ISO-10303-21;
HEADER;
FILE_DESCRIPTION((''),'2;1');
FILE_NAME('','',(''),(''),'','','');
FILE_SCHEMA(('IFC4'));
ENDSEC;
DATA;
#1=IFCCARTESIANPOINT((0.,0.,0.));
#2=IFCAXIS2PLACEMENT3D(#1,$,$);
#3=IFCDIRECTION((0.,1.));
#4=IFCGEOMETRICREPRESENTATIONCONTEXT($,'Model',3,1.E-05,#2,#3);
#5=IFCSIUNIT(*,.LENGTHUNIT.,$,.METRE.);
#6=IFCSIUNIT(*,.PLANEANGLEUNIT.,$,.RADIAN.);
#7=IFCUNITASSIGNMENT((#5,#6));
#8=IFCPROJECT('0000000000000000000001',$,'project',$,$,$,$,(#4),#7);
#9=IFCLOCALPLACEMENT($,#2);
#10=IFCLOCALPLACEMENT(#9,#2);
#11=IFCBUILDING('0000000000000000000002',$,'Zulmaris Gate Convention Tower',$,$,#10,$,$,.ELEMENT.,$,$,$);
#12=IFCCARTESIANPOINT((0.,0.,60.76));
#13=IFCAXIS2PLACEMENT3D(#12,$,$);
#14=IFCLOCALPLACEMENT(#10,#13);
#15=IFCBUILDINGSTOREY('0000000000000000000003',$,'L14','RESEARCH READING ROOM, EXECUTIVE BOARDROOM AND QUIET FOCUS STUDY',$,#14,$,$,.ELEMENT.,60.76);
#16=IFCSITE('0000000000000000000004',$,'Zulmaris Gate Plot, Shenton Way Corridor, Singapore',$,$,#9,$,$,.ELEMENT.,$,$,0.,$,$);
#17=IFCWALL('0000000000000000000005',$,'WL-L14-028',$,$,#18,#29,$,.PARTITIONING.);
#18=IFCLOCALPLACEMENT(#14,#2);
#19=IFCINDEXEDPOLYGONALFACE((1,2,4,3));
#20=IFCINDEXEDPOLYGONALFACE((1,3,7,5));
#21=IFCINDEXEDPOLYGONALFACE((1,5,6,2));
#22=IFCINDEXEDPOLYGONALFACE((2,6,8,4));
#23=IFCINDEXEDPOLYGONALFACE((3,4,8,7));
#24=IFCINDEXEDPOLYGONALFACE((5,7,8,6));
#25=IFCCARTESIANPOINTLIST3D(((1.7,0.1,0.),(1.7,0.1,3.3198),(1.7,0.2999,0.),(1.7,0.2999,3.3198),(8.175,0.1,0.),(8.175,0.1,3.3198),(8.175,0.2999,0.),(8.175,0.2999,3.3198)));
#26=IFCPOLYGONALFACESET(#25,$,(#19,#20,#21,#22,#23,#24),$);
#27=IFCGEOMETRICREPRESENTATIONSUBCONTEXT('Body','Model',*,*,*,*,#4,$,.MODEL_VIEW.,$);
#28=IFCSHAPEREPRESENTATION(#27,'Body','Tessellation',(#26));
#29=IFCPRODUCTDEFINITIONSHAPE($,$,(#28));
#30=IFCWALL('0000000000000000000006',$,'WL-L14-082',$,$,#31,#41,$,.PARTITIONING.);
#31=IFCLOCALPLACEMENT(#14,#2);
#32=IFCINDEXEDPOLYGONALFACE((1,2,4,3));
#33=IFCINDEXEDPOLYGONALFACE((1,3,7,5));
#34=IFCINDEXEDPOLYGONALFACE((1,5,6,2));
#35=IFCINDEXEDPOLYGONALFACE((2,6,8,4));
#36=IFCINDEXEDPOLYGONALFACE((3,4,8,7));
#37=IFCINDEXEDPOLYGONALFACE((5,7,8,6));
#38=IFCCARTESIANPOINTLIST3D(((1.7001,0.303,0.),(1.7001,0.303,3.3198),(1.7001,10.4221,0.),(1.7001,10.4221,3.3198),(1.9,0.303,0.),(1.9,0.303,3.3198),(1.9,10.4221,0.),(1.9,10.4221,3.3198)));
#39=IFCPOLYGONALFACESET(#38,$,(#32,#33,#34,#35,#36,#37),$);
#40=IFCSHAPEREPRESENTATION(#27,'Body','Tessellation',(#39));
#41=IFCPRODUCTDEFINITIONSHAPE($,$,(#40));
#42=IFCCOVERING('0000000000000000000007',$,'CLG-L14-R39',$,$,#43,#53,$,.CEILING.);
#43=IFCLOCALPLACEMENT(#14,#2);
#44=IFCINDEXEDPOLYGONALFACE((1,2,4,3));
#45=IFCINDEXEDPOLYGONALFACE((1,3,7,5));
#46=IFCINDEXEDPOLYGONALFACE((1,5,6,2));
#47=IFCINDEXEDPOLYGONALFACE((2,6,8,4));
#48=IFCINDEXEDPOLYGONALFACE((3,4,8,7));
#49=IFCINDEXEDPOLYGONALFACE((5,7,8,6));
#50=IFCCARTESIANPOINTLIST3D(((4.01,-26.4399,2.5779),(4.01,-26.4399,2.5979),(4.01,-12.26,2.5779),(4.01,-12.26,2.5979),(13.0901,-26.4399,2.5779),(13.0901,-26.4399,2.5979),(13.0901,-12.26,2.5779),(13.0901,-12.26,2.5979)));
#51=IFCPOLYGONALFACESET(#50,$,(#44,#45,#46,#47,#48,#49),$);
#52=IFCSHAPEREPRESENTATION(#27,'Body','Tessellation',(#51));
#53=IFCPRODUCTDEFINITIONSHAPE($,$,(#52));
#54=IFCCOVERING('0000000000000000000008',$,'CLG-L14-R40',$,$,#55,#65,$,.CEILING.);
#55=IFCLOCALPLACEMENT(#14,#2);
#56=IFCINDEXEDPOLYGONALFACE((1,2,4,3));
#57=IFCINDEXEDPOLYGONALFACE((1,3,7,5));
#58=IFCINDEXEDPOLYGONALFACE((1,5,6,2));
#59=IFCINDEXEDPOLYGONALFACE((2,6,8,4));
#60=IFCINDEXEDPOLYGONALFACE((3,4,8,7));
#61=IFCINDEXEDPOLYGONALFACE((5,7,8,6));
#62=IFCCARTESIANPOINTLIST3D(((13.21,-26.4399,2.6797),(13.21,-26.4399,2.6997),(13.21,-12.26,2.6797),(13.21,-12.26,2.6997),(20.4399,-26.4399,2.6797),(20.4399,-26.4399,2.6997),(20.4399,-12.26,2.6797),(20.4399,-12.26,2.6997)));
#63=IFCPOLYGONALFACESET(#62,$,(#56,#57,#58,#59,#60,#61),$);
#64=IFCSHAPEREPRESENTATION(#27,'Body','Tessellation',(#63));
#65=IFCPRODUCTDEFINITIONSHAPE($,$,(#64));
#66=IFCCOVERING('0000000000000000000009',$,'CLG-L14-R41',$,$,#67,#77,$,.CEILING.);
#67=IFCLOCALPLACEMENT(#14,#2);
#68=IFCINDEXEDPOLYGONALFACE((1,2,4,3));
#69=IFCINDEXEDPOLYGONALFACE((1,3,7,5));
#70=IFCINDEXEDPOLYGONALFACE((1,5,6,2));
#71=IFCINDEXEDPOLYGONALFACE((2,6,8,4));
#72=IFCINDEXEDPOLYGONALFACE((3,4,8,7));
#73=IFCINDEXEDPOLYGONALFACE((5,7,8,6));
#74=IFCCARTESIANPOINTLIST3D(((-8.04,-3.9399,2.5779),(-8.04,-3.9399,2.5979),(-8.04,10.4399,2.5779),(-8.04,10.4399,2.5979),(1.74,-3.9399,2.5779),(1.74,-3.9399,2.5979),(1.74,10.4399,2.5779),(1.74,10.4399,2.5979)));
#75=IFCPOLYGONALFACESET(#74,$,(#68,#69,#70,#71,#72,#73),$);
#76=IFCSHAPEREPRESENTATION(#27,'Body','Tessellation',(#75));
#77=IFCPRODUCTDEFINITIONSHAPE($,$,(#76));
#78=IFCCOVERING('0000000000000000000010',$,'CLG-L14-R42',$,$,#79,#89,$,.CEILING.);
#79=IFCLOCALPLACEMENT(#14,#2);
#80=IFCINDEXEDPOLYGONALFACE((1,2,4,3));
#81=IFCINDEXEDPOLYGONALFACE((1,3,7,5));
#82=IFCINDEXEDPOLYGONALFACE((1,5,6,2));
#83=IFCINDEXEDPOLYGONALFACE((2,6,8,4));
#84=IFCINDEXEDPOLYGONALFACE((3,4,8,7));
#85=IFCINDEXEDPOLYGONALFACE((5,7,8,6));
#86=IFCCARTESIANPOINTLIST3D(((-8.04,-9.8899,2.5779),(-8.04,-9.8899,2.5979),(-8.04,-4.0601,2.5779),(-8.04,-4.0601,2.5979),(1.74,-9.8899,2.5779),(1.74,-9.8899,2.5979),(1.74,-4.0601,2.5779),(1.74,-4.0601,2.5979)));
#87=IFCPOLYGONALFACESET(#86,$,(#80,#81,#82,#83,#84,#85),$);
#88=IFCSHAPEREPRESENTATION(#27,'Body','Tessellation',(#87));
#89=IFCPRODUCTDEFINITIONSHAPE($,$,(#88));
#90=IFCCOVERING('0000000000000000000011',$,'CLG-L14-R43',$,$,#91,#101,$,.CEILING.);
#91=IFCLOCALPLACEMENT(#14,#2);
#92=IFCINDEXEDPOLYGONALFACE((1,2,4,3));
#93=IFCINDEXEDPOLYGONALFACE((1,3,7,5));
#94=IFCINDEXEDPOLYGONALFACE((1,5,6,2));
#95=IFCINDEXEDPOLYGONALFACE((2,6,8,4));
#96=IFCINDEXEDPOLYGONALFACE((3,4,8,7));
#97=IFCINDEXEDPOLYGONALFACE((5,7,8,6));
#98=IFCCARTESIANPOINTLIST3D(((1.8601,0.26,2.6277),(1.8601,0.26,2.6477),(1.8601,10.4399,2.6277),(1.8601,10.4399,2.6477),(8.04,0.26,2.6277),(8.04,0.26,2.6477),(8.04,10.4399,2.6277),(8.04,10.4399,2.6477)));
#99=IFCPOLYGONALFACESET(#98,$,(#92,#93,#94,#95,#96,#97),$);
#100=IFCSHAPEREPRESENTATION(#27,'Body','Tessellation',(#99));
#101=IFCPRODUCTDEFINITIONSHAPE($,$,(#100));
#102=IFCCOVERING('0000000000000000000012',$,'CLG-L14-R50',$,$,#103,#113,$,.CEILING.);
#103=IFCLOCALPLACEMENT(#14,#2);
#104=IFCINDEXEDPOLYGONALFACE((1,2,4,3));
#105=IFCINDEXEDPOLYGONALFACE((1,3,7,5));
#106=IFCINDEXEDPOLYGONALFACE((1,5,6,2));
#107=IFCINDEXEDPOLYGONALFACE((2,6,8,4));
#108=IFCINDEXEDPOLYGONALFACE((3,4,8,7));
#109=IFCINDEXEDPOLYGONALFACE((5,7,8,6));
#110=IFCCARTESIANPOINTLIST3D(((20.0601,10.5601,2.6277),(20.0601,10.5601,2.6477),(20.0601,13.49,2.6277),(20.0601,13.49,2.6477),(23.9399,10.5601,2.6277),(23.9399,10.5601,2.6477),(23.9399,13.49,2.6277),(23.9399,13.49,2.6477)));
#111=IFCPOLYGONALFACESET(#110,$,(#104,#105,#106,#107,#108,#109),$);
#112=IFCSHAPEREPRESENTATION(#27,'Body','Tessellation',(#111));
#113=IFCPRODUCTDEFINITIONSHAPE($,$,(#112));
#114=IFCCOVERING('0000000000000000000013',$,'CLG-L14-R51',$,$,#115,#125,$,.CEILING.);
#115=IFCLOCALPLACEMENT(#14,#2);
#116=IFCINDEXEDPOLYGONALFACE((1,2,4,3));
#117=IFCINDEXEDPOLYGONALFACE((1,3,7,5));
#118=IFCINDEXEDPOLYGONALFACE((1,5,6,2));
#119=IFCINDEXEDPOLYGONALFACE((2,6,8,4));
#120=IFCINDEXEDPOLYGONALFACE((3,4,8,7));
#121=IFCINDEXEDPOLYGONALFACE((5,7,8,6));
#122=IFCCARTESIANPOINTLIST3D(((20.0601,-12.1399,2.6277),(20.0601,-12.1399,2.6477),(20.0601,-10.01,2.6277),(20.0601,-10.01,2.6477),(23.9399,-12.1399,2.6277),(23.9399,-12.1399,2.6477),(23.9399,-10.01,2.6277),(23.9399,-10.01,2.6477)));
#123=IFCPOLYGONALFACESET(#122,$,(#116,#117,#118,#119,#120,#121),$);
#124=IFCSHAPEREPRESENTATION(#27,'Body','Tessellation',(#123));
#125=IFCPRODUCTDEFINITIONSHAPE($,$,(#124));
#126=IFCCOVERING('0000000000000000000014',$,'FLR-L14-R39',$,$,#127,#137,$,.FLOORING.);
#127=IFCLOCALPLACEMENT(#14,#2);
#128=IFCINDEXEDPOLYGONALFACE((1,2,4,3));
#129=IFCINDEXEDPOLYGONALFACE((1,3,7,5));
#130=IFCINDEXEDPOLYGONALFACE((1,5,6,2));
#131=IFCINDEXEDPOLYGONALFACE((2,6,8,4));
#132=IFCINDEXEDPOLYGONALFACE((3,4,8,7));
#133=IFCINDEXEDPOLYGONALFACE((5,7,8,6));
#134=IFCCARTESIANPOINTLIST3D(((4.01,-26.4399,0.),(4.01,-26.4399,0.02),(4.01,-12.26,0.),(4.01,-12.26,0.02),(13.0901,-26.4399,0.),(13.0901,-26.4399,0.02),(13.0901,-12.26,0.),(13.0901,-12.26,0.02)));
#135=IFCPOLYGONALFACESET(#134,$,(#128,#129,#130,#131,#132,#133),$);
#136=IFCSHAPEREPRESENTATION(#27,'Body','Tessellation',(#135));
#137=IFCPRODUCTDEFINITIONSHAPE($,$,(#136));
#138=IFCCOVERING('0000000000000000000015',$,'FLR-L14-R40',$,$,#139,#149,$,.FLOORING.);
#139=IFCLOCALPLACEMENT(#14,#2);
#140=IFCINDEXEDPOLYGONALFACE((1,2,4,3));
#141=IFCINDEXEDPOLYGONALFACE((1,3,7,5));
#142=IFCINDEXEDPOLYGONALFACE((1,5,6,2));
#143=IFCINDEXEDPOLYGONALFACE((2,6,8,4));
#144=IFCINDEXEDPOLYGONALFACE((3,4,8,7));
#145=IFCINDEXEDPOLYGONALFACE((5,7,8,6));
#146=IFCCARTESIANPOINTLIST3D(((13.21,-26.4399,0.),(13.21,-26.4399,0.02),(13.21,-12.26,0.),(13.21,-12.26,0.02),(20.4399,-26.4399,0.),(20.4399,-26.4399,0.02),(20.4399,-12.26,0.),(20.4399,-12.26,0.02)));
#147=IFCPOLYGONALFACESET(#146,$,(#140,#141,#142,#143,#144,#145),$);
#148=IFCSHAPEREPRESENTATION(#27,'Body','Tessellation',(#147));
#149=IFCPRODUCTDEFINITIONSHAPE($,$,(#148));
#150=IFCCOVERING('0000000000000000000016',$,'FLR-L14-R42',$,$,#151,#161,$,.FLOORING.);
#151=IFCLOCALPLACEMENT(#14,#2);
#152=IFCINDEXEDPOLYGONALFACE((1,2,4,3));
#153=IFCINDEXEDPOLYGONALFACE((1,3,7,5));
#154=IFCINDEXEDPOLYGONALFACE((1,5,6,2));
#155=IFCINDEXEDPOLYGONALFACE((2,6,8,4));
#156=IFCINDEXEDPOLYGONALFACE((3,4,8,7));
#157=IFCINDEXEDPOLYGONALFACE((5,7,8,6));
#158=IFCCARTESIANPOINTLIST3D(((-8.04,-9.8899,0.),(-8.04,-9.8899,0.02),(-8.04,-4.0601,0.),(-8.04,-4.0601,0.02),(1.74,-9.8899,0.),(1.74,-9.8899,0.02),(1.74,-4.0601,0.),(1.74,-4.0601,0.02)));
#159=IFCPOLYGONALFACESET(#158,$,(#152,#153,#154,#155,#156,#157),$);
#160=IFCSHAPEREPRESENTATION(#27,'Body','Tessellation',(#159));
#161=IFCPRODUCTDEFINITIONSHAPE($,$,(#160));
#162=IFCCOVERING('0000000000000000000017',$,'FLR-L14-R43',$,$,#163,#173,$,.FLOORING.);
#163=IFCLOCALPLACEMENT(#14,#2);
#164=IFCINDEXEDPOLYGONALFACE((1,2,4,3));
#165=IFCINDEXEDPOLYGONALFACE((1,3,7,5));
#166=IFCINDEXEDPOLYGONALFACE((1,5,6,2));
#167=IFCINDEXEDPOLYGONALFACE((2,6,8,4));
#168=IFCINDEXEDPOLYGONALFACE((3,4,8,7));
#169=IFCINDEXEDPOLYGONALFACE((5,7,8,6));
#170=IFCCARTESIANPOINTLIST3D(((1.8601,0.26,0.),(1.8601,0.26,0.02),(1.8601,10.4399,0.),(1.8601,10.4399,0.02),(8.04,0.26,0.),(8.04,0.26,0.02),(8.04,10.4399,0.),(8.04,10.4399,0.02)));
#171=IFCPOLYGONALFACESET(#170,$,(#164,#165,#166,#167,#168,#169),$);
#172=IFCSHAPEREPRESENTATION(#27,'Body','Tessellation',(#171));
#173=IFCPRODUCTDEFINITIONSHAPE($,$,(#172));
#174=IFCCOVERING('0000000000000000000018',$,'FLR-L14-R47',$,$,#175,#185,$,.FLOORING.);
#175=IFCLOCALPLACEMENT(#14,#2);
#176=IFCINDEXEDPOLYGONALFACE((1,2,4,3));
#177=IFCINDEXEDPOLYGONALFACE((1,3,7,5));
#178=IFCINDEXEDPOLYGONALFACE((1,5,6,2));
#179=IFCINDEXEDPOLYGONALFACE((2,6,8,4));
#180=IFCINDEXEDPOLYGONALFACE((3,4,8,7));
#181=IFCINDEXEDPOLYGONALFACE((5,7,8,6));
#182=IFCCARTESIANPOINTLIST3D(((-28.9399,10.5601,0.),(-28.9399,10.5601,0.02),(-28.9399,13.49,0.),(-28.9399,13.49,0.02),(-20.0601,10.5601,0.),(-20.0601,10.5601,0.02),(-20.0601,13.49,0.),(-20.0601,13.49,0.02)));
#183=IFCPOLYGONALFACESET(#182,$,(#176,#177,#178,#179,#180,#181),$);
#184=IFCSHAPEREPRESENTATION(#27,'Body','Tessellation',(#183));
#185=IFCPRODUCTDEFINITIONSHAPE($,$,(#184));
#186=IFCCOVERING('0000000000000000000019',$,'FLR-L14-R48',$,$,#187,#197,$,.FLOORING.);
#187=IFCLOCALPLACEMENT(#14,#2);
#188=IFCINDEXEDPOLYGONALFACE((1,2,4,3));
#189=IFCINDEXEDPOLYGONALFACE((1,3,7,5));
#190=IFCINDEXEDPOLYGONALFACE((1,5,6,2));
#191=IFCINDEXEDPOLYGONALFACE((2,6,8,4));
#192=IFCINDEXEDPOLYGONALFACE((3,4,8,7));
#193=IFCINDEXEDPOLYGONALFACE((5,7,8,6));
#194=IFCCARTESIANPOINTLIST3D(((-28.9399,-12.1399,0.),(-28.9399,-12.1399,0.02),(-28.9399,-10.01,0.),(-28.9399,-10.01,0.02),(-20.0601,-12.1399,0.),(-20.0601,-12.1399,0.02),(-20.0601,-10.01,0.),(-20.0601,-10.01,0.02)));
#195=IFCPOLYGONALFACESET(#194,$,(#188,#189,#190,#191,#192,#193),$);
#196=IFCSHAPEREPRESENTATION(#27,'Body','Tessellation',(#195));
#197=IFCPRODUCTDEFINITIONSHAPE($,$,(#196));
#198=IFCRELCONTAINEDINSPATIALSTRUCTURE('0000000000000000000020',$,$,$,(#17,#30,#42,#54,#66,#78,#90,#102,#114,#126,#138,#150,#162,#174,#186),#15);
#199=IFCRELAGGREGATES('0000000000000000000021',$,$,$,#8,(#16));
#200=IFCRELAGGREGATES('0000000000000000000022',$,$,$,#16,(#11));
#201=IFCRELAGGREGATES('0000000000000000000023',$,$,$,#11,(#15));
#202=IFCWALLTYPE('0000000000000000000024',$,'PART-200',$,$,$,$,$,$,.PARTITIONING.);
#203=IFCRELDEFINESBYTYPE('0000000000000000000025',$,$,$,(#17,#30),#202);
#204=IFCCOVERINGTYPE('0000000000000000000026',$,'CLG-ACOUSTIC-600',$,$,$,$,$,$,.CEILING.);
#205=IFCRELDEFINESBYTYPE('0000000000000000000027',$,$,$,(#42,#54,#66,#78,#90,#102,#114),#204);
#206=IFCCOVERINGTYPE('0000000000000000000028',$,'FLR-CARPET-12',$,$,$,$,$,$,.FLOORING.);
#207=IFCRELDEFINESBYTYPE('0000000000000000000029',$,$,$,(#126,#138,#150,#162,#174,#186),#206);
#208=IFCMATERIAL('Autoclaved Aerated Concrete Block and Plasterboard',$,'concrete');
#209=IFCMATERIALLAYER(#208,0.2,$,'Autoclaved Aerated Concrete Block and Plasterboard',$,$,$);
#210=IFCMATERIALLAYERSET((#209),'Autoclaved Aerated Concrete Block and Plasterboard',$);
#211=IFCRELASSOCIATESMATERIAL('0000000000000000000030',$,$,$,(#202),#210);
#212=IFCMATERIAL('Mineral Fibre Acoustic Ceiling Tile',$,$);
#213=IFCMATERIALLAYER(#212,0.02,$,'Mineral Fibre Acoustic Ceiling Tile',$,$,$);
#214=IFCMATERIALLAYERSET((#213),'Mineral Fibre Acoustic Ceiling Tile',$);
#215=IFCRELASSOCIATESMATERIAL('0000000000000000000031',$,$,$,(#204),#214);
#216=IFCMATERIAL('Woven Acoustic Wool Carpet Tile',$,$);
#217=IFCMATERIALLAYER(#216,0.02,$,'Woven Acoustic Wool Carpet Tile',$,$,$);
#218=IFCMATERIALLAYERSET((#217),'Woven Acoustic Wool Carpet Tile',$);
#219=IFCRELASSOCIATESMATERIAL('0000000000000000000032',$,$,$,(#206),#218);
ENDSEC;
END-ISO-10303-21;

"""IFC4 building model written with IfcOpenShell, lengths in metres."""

from ifc_helpers import new_model, si_unit, direction, frame, frame_2d, origin, place, context, subcontext, project, spatial, polyline, rectangle, outline, extrude, material, layer, layer_set, type_object, element, save


model = new_model("IFC4")

# Units and contexts
model_context = context("Model", 3, precision=1e-05, world=origin(), true_north=direction((0.0, 1.0)))
body_context = subcontext(model_context, "Body", "Model", "MODEL_VIEW")
ifc_project = project(units=[si_unit("LENGTHUNIT", "METRE"), si_unit("PLANEANGLEUNIT", "RADIAN")], contexts=[model_context])

# Site, building, storey
site_placement = place(None, origin())
site = spatial("IfcSite", under=ifc_project, at=site_placement, Name="Zulmaris Gate Plot, Shenton Way Corridor, Singapore", CompositionType="ELEMENT", RefElevation=0.0)
building_placement = place(site_placement, origin())
building = spatial("IfcBuilding", under=site, at=building_placement, Name="Zulmaris Gate Convention Tower", CompositionType="ELEMENT")
storey_placement = place(building_placement, frame((0.0, 0.0, 60.76)))
storey = spatial("IfcBuildingStorey", under=building, at=storey_placement, Name="L14", Description="RESEARCH READING ROOM, EXECUTIVE BOARDROOM AND QUIET FOCUS STUDY", CompositionType="ELEMENT", Elevation=60.76)

# Walls
ifc_material_1 = material(Name="Autoclaved Aerated Concrete Block and Plasterboard", Category="concrete")
ifc_layer_1 = layer(ifc_material_1, 0.2, Name="Autoclaved Aerated Concrete Block and Plasterboard")
ifc_layer_set_1 = layer_set([ifc_layer_1], Name="Autoclaved Aerated Concrete Block and Plasterboard")
wall_type = type_object("IfcWallType", Name="PART-200", PredefinedType="PARTITIONING", material=ifc_layer_set_1)
wall_1_placement = place(storey_placement, frame((1.7, 0.2, 0.0), z_axis=(0.0, 0.0, 1.0), x_axis=(1.0, 0.0, 0.0)))
element("IfcWall", 1, at=wall_1_placement, inside=storey, type_object=wall_type, Name="WL-L14-028", PredefinedType="PARTITIONING", context=body_context, shape_type="SweptSolid", body=[
    extrude(rectangle(XDim=6.4751, YDim=0.2, at=frame_2d((3.2375, 0.0))), origin(), (0.0, 0.0, 1.0), 3.3198),
])
wall_2_placement = place(storey_placement, frame((1.8, 0.303, 0.0), z_axis=(0.0, 0.0, 1.0), x_axis=(0.0, 1.0, 0.0)))
element("IfcWall", 2, at=wall_2_placement, inside=storey, type_object=wall_type, Name="WL-L14-082", PredefinedType="PARTITIONING", context=body_context, shape_type="SweptSolid", body=[
    extrude(rectangle(XDim=10.1191, YDim=0.2, at=frame_2d((5.0596, 0.0))), origin(), (0.0, 0.0, 1.0), 3.3198),
])

# Coverings
ifc_material_2 = material(Name="Mineral Fibre Acoustic Ceiling Tile")
ifc_layer_2 = layer(ifc_material_2, 0.02, Name="Mineral Fibre Acoustic Ceiling Tile")
ifc_layer_set_2 = layer_set([ifc_layer_2], Name="Mineral Fibre Acoustic Ceiling Tile")
covering_type_1 = type_object("IfcCoveringType", Name="CLG-ACOUSTIC-600", PredefinedType="CEILING", material=ifc_layer_set_2)
covering_1_placement = place(storey_placement, frame((0.0, 0.0, 2.5779)))
element("IfcCovering", 3, at=covering_1_placement, inside=storey, type_object=covering_type_1, Name="CLG-L14-R39", PredefinedType="CEILING", context=body_context, shape_type="SweptSolid", body=[
    extrude(outline(polyline([(4.01, -26.4399), (13.0901, -26.4399), (13.0901, -12.26), (4.01, -12.26), (4.01, -26.4399)])), origin(), (0.0, 0.0, 1.0), 0.02),
])
covering_2_placement = place(storey_placement, frame((0.0, 0.0, 2.6797)))
element("IfcCovering", 4, at=covering_2_placement, inside=storey, type_object=covering_type_1, Name="CLG-L14-R40", PredefinedType="CEILING", context=body_context, shape_type="SweptSolid", body=[
    extrude(outline(polyline([(13.21, -26.4399), (20.4399, -26.4399), (20.4399, -12.26), (13.21, -12.26), (13.21, -26.4399)])), origin(), (0.0, 0.0, 1.0), 0.02),
])
covering_3_placement = place(storey_placement, frame((0.0, 0.0, 2.5779)))
element("IfcCovering", 5, at=covering_3_placement, inside=storey, type_object=covering_type_1, Name="CLG-L14-R41", PredefinedType="CEILING", context=body_context, shape_type="SweptSolid", body=[
    extrude(outline(polyline([(-8.04, -3.9399), (1.74, -3.9399), (1.74, 10.4399), (-8.04, 10.4399), (-8.04, -3.9399)])), origin(), (0.0, 0.0, 1.0), 0.02),
])
covering_4_placement = place(storey_placement, frame((0.0, 0.0, 2.5779)))
element("IfcCovering", 6, at=covering_4_placement, inside=storey, type_object=covering_type_1, Name="CLG-L14-R42", PredefinedType="CEILING", context=body_context, shape_type="SweptSolid", body=[
    extrude(outline(polyline([(-8.04, -9.8899), (1.74, -9.8899), (1.74, -4.0601), (-8.04, -4.0601), (-8.04, -9.8899)])), origin(), (0.0, 0.0, 1.0), 0.02),
])
covering_5_placement = place(storey_placement, frame((0.0, 0.0, 2.6277)))
element("IfcCovering", 7, at=covering_5_placement, inside=storey, type_object=covering_type_1, Name="CLG-L14-R43", PredefinedType="CEILING", context=body_context, shape_type="SweptSolid", body=[
    extrude(outline(polyline([(1.8601, 0.26), (8.04, 0.26), (8.04, 10.4399), (1.8601, 10.4399), (1.8601, 0.26)])), origin(), (0.0, 0.0, 1.0), 0.02),
])
covering_6_placement = place(storey_placement, frame((0.0, 0.0, 2.6277)))
element("IfcCovering", 8, at=covering_6_placement, inside=storey, type_object=covering_type_1, Name="CLG-L14-R50", PredefinedType="CEILING", context=body_context, shape_type="SweptSolid", body=[
    extrude(outline(polyline([(20.0601, 10.5601), (23.9399, 10.5601), (23.9399, 13.49), (20.0601, 13.49), (20.0601, 10.5601)])), origin(), (0.0, 0.0, 1.0), 0.02),
])
covering_7_placement = place(storey_placement, frame((0.0, 0.0, 2.6277)))
element("IfcCovering", 9, at=covering_7_placement, inside=storey, type_object=covering_type_1, Name="CLG-L14-R51", PredefinedType="CEILING", context=body_context, shape_type="SweptSolid", body=[
    extrude(outline(polyline([(20.0601, -12.1399), (23.9399, -12.1399), (23.9399, -10.01), (20.0601, -10.01), (20.0601, -12.1399)])), origin(), (0.0, 0.0, 1.0), 0.02),
])
ifc_material_3 = material(Name="Woven Acoustic Wool Carpet Tile")
ifc_layer_3 = layer(ifc_material_3, 0.02, Name="Woven Acoustic Wool Carpet Tile")
ifc_layer_set_3 = layer_set([ifc_layer_3], Name="Woven Acoustic Wool Carpet Tile")
covering_type_2 = type_object("IfcCoveringType", Name="FLR-CARPET-12", PredefinedType="FLOORING", material=ifc_layer_set_3)
covering_8_placement = place(storey_placement, origin())
element("IfcCovering", 10, at=covering_8_placement, inside=storey, type_object=covering_type_2, Name="FLR-L14-R39", PredefinedType="FLOORING", context=body_context, shape_type="SweptSolid", body=[
    extrude(outline(polyline([(4.01, -26.4399), (13.0901, -26.4399), (13.0901, -12.26), (4.01, -12.26), (4.01, -26.4399)])), origin(), (0.0, 0.0, 1.0), 0.02),
])
covering_9_placement = place(storey_placement, origin())
element("IfcCovering", 11, at=covering_9_placement, inside=storey, type_object=covering_type_2, Name="FLR-L14-R40", PredefinedType="FLOORING", context=body_context, shape_type="SweptSolid", body=[
    extrude(outline(polyline([(13.21, -26.4399), (20.4399, -26.4399), (20.4399, -12.26), (13.21, -12.26), (13.21, -26.4399)])), origin(), (0.0, 0.0, 1.0), 0.02),
])
covering_10_placement = place(storey_placement, origin())
element("IfcCovering", 12, at=covering_10_placement, inside=storey, type_object=covering_type_2, Name="FLR-L14-R42", PredefinedType="FLOORING", context=body_context, shape_type="SweptSolid", body=[
    extrude(outline(polyline([(-8.04, -9.8899), (1.74, -9.8899), (1.74, -4.0601), (-8.04, -4.0601), (-8.04, -9.8899)])), origin(), (0.0, 0.0, 1.0), 0.02),
])
covering_11_placement = place(storey_placement, origin())
element("IfcCovering", 13, at=covering_11_placement, inside=storey, type_object=covering_type_2, Name="FLR-L14-R43", PredefinedType="FLOORING", context=body_context, shape_type="SweptSolid", body=[
    extrude(outline(polyline([(1.8601, 0.26), (8.04, 0.26), (8.04, 10.4399), (1.8601, 10.4399), (1.8601, 0.26)])), origin(), (0.0, 0.0, 1.0), 0.02),
])
covering_12_placement = place(storey_placement, origin())
element("IfcCovering", 14, at=covering_12_placement, inside=storey, type_object=covering_type_2, Name="FLR-L14-R47", PredefinedType="FLOORING", context=body_context, shape_type="SweptSolid", body=[
    extrude(outline(polyline([(-28.9399, 10.5601), (-20.0601, 10.5601), (-20.0601, 13.49), (-28.9399, 13.49), (-28.9399, 10.5601)])), origin(), (0.0, 0.0, 1.0), 0.02),
])
covering_13_placement = place(storey_placement, origin())
element("IfcCovering", 15, at=covering_13_placement, inside=storey, type_object=covering_type_2, Name="FLR-L14-R48", PredefinedType="FLOORING", context=body_context, shape_type="SweptSolid", body=[
    extrude(outline(polyline([(-28.9399, -12.1399), (-20.0601, -12.1399), (-20.0601, -10.01), (-28.9399, -10.01), (-28.9399, -12.1399)])), origin(), (0.0, 0.0, 1.0), 0.02),
])

save(model, "model.ifc")
